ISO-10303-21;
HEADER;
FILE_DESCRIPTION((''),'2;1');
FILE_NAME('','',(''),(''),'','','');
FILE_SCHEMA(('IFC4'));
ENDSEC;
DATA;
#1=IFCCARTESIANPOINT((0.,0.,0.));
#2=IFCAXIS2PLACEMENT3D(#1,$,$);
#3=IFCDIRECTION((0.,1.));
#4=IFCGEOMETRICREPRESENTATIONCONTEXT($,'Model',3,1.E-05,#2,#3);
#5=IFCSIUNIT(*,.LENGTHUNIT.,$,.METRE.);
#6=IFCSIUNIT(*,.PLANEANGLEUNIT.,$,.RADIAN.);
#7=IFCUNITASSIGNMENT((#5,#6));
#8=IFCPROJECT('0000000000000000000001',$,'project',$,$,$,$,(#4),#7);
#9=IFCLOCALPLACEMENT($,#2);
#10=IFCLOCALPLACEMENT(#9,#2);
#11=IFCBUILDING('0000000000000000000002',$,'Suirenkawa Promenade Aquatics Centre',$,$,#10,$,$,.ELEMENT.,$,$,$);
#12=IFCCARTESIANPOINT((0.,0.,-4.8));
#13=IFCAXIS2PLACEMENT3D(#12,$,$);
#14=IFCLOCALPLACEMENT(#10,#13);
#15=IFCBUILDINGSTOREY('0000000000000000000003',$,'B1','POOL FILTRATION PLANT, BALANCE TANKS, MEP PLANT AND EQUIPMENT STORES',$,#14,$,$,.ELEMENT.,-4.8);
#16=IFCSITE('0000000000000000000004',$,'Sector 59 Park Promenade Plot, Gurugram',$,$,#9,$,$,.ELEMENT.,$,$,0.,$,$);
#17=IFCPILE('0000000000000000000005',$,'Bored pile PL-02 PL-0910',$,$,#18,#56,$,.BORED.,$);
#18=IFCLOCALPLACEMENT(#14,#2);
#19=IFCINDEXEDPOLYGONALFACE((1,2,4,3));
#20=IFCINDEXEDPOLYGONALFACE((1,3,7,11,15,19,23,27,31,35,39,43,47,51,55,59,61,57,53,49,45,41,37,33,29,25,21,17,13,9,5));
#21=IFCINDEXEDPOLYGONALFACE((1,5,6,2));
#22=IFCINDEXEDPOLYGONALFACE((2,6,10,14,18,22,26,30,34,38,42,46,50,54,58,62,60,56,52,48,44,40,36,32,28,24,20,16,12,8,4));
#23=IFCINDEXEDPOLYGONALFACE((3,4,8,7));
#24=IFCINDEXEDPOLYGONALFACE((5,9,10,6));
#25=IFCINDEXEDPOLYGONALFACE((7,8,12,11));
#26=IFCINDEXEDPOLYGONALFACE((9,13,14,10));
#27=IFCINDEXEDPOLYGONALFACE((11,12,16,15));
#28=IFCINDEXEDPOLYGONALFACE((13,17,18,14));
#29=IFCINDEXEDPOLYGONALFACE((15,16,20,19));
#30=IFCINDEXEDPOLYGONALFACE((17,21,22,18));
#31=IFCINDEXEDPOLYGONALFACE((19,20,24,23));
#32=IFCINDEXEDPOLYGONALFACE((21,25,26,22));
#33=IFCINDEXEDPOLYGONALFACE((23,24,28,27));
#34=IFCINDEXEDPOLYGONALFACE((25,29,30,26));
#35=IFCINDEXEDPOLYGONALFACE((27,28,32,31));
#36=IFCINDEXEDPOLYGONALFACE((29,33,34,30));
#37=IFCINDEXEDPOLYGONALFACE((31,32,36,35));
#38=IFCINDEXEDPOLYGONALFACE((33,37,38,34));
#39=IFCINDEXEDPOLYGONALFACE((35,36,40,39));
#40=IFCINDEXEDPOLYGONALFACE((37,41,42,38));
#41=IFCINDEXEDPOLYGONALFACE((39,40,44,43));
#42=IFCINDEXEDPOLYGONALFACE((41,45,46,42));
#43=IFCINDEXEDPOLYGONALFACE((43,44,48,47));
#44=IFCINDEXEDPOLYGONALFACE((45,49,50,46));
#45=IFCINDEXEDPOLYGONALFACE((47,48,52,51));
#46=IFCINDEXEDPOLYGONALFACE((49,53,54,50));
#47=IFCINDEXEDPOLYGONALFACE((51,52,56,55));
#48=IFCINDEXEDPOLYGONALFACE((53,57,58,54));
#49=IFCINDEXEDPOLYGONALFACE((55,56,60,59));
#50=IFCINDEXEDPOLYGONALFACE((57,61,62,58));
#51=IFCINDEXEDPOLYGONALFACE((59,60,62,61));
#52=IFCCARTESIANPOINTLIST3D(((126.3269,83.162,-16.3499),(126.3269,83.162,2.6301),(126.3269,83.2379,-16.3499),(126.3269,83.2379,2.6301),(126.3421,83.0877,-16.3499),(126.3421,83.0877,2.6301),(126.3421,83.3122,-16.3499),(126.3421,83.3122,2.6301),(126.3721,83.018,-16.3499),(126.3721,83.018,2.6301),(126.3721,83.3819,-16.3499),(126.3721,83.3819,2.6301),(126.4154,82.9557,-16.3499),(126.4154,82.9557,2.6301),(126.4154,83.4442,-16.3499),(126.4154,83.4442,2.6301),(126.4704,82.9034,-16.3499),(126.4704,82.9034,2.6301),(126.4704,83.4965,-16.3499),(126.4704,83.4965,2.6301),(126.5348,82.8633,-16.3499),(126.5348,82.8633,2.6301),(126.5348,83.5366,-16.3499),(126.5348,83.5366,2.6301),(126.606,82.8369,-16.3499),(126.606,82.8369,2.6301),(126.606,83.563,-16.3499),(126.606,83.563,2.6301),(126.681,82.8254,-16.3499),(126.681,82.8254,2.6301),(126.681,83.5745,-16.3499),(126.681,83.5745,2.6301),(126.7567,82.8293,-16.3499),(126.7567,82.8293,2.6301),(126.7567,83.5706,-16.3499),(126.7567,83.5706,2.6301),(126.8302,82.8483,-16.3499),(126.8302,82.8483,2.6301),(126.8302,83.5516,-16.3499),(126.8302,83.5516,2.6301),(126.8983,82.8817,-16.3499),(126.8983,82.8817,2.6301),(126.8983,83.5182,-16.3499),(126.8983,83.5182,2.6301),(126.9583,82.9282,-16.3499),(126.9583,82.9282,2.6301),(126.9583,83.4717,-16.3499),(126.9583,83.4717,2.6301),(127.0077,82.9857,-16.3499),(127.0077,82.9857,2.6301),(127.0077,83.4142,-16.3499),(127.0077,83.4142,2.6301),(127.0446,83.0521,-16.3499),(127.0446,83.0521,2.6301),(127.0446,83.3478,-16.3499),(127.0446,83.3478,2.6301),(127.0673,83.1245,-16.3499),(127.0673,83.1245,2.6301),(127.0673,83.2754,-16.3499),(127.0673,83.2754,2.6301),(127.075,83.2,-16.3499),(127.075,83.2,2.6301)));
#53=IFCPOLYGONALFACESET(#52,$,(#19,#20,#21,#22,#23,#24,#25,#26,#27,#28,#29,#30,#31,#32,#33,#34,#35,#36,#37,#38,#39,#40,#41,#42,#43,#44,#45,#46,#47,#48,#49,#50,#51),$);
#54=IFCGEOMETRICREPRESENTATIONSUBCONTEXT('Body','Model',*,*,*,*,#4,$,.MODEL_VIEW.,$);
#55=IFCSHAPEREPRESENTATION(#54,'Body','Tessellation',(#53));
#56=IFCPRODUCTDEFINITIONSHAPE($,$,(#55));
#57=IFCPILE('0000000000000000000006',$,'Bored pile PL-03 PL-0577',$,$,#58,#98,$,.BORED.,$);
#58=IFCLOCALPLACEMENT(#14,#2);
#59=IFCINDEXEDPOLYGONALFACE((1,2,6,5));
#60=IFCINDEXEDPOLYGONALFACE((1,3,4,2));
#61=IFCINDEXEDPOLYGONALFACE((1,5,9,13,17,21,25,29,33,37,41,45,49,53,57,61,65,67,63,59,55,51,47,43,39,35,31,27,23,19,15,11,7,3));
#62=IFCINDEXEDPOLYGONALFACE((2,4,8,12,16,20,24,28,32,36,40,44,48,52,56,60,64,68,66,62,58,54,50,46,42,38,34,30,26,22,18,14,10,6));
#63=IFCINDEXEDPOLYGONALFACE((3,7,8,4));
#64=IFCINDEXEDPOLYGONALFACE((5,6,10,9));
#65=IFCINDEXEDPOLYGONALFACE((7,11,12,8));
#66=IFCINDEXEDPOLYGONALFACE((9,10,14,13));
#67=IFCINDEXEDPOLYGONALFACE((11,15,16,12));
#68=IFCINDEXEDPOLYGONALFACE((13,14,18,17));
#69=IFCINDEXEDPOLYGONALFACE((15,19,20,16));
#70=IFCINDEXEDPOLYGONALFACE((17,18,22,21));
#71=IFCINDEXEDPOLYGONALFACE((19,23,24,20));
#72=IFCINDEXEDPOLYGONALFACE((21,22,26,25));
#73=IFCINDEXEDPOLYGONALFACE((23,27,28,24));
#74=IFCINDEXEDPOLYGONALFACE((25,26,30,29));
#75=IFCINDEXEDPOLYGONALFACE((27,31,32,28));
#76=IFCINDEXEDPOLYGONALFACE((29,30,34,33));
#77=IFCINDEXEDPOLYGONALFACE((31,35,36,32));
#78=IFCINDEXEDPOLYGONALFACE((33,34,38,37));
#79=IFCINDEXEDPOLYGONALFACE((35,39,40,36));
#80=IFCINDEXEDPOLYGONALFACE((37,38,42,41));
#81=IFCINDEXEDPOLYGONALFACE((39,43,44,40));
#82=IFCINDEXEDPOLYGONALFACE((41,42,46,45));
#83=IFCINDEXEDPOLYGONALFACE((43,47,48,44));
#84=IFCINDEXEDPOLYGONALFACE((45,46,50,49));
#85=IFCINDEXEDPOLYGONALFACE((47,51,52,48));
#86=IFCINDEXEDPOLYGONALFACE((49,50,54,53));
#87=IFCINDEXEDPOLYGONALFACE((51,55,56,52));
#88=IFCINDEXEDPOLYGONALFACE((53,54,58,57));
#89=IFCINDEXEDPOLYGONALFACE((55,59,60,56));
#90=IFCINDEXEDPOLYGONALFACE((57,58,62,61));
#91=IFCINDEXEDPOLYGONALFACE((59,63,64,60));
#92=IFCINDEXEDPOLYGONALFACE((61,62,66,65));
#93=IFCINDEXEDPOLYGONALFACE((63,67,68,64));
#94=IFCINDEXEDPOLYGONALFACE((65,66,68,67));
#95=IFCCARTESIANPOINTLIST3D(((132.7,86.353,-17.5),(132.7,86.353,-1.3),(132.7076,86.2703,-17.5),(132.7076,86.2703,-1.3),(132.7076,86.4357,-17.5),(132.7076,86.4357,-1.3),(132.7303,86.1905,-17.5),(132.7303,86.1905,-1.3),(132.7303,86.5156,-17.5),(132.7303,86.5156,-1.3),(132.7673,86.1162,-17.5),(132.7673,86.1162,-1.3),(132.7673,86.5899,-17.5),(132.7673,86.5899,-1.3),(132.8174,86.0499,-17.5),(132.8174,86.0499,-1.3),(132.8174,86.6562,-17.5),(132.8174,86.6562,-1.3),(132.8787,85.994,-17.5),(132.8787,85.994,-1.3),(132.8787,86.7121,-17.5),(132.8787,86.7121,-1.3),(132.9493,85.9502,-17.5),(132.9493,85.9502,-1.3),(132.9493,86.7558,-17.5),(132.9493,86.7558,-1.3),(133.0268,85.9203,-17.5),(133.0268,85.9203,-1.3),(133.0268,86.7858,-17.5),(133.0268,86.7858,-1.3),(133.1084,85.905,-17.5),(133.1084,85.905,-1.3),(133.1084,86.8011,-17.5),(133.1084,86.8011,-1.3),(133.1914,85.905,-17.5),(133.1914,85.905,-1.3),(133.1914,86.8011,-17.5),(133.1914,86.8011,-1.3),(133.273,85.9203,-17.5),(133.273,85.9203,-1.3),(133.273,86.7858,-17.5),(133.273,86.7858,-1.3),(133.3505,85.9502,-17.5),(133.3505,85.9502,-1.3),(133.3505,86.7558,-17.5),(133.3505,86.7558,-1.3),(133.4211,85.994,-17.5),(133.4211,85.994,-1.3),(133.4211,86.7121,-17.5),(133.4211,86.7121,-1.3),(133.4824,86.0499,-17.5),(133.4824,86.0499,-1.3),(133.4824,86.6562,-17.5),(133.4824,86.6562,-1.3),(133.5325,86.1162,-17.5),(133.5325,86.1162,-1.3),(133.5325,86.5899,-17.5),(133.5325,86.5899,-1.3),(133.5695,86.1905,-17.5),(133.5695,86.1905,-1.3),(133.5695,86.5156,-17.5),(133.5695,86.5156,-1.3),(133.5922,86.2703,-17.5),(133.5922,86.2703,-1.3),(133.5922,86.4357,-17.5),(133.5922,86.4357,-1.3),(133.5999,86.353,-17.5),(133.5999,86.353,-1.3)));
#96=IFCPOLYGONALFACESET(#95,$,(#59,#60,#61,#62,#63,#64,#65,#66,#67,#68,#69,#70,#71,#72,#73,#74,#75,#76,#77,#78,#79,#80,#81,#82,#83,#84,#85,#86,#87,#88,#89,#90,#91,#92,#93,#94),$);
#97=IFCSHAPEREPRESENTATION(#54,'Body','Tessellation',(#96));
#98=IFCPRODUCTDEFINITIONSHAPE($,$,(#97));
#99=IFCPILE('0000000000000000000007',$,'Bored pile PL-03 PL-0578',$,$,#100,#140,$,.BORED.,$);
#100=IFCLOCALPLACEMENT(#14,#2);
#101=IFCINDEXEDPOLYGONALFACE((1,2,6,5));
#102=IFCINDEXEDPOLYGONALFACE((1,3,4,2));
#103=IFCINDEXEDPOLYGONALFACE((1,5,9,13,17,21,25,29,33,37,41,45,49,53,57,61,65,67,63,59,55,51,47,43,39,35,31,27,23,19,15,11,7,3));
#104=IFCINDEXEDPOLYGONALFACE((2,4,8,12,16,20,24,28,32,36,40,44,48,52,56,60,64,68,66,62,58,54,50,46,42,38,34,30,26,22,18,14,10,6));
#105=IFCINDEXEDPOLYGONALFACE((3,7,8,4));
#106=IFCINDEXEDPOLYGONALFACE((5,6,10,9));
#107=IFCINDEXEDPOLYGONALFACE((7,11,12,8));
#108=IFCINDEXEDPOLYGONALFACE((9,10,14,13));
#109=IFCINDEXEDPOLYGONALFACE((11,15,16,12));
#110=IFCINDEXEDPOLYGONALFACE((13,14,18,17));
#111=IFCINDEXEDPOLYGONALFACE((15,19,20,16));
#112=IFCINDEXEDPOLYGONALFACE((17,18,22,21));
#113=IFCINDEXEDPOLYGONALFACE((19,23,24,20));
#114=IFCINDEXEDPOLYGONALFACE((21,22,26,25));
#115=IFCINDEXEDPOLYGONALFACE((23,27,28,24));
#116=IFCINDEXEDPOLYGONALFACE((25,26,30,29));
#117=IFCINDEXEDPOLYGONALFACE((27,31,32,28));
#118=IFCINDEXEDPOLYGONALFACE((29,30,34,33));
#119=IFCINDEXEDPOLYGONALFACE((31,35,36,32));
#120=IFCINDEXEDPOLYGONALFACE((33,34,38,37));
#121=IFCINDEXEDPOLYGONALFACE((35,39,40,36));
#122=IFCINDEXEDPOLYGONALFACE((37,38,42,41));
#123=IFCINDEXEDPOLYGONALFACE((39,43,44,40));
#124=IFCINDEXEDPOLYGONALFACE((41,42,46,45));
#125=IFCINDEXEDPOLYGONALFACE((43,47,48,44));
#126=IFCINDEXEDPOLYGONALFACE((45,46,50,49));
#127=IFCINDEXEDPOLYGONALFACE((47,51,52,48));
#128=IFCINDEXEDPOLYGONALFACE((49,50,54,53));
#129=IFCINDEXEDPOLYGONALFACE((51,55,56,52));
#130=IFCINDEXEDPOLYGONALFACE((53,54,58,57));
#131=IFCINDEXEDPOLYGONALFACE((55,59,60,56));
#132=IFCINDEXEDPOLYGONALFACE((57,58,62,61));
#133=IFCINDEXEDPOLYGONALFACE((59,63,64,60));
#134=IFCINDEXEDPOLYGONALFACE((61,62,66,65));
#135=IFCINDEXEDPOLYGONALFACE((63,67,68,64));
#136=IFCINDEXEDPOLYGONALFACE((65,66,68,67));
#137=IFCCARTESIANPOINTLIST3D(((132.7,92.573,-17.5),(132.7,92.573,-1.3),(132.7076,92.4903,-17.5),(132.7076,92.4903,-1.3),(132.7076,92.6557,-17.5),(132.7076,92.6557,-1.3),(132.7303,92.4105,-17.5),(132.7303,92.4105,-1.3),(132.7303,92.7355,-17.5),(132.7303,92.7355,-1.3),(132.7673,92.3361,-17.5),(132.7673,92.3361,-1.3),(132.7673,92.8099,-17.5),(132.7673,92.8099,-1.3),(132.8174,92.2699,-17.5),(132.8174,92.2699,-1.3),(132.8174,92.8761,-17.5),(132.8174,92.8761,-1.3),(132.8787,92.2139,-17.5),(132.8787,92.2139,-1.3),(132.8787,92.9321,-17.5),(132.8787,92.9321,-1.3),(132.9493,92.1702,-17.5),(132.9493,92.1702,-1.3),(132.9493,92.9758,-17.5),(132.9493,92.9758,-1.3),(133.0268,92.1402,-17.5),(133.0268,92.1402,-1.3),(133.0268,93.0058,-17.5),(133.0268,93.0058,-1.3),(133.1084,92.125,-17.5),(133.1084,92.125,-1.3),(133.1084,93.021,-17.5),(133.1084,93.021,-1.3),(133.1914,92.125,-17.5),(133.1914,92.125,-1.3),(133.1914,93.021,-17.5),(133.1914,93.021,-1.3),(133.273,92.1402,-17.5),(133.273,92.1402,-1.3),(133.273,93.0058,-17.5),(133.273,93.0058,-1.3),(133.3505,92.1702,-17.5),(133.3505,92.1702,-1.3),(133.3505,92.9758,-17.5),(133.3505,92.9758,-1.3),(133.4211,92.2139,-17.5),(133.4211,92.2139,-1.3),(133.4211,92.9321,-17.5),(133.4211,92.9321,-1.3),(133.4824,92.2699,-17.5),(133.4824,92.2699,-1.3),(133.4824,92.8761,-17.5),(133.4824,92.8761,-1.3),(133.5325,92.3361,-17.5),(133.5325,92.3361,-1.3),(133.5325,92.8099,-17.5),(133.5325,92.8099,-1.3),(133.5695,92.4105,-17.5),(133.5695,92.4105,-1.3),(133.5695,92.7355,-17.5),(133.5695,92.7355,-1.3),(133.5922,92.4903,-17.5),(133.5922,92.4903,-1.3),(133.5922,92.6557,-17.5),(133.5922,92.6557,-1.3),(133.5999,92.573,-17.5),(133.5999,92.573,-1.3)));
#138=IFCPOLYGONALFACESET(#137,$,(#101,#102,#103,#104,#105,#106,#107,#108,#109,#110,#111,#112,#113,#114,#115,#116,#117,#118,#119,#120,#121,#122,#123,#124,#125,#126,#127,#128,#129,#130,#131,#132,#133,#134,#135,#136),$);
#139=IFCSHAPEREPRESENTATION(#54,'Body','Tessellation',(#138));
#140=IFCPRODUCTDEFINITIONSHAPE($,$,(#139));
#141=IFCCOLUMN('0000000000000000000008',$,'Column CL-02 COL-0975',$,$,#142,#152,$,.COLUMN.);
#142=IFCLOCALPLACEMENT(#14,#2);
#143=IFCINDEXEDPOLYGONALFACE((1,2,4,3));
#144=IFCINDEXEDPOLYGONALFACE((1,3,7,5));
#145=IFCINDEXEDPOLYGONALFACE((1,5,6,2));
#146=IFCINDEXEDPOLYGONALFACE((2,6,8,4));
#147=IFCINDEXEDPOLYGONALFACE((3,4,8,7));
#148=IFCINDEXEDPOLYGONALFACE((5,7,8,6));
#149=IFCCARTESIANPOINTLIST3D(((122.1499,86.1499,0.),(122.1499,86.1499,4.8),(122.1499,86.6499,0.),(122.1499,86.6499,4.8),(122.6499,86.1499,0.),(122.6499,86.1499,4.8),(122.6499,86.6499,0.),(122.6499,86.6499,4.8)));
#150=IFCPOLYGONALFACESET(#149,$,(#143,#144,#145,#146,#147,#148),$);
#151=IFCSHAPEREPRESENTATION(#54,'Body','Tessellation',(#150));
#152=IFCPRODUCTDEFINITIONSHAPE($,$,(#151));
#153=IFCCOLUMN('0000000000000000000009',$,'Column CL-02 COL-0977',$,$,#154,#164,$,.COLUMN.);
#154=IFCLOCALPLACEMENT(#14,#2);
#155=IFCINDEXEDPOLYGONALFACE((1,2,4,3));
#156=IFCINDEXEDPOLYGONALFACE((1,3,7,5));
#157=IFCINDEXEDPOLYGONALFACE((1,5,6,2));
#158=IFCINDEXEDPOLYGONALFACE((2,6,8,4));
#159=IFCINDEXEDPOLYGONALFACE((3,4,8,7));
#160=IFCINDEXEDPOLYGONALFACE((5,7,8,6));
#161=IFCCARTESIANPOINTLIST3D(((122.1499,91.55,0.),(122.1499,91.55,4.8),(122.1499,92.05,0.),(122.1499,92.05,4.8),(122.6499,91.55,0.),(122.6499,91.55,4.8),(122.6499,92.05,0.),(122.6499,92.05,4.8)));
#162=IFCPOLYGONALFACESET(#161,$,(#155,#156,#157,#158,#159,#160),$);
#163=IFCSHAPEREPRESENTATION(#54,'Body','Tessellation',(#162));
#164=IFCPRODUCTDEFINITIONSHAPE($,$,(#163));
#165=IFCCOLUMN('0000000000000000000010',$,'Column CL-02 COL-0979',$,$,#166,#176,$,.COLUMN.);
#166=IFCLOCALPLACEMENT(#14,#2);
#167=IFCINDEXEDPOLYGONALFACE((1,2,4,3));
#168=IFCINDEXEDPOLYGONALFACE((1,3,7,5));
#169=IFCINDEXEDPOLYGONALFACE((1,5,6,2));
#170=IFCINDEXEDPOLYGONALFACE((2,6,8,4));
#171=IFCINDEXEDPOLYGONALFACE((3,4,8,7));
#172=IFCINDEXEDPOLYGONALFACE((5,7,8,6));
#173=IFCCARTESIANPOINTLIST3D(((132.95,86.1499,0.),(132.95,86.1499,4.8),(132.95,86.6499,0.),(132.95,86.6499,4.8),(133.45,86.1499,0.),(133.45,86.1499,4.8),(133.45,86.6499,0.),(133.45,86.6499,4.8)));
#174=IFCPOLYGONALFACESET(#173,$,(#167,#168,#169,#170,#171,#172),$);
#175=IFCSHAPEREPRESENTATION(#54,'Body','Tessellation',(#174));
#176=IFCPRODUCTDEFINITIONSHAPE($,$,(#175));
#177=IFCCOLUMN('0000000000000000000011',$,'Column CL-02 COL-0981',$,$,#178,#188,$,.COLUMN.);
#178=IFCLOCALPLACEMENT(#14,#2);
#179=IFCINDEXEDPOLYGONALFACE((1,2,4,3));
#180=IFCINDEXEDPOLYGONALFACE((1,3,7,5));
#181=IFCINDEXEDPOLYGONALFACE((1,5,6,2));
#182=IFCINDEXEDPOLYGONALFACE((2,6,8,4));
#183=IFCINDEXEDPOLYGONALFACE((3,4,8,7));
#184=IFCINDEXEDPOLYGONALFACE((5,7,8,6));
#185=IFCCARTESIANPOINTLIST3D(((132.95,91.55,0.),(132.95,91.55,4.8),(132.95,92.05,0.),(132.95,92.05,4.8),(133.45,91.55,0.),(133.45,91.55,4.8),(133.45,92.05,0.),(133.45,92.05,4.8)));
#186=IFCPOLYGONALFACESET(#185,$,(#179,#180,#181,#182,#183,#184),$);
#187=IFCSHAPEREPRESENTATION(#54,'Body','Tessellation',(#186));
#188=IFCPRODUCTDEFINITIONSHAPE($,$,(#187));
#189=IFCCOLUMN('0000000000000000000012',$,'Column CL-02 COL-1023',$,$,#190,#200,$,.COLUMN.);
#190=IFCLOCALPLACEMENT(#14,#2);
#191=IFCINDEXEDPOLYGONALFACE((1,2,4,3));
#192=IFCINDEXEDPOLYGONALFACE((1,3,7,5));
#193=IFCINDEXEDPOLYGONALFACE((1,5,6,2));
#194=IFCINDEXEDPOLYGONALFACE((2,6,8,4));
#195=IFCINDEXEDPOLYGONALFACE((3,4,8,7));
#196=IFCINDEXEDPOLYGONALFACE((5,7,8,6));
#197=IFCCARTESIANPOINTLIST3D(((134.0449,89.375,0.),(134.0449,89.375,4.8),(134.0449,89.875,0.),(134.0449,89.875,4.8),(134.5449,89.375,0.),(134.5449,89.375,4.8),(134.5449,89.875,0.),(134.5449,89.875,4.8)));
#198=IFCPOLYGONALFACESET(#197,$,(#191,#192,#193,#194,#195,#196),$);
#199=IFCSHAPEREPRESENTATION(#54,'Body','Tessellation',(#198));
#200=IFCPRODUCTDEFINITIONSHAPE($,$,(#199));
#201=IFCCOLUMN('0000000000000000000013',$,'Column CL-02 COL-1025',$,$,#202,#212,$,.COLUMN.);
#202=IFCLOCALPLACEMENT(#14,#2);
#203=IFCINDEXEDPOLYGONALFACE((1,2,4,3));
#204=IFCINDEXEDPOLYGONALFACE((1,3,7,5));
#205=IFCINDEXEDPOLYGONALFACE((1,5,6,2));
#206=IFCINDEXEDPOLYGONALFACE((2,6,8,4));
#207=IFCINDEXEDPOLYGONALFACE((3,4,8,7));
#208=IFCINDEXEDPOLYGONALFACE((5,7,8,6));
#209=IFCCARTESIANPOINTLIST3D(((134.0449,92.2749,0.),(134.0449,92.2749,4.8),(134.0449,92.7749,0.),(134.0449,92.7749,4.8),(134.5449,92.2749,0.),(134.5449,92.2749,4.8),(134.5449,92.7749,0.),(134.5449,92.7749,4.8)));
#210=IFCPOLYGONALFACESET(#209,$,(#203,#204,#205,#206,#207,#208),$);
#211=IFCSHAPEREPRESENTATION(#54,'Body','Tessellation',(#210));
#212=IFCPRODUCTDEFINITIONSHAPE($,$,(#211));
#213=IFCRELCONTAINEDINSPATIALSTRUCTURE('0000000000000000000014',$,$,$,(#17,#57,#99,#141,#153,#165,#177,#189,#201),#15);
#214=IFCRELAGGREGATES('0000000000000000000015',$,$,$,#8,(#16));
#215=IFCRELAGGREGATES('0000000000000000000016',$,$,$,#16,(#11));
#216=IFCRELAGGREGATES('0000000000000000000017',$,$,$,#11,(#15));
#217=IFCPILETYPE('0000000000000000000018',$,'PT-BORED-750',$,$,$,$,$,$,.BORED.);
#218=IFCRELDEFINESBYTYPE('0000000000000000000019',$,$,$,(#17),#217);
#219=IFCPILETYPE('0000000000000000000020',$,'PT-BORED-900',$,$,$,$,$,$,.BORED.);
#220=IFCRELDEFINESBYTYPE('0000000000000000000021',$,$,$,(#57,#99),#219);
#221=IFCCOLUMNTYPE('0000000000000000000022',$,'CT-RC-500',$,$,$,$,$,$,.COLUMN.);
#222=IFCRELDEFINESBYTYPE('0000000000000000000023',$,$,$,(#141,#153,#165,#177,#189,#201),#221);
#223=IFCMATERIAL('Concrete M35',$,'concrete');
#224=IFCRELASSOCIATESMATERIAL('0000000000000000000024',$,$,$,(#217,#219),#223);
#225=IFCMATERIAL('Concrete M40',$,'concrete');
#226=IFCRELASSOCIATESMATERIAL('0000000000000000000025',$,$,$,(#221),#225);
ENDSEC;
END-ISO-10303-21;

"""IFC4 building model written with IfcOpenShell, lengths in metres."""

from ifc_helpers import new_model, si_unit, direction, frame, origin, origin_2d, place, context, subcontext, project, spatial, rectangle, circle, extrude, material, material_profile, profile_set, type_object, element, save


model = new_model("IFC4")

# Units and contexts
model_context = context("Model", 3, precision=1e-05, world=origin(), true_north=direction((0.0, 1.0)))
body_context = subcontext(model_context, "Body", "Model", "MODEL_VIEW")
ifc_project = project(units=[si_unit("LENGTHUNIT", "METRE"), si_unit("PLANEANGLEUNIT", "RADIAN")], contexts=[model_context])

# Site, building, storey
site_placement = place(None, origin())
site = spatial("IfcSite", under=ifc_project, at=site_placement, Name="Sector 59 Park Promenade Plot, Gurugram", CompositionType="ELEMENT", RefElevation=0.0)
building_placement = place(site_placement, origin())
building = spatial("IfcBuilding", under=site, at=building_placement, Name="Suirenkawa Promenade Aquatics Centre", CompositionType="ELEMENT")
storey_placement = place(building_placement, frame((0.0, 0.0, -4.8)))
storey = spatial("IfcBuildingStorey", under=building, at=storey_placement, Name="B1", Description="POOL FILTRATION PLANT, BALANCE TANKS, MEP PLANT AND EQUIPMENT STORES", CompositionType="ELEMENT", Elevation=-4.8)

# Shared definitions
ifc_material_1 = material(Name="Concrete M35", Category="concrete")

# Piles
ifc_material_profile_1 = material_profile(ifc_material_1, circle(Radius=0.375, at=origin_2d()), Name="PILE D750", Category="concrete")
ifc_profile_set_1 = profile_set([ifc_material_profile_1], Name="Concrete M35")
pile_type_1 = type_object("IfcPileType", Name="PT-BORED-750", PredefinedType="BORED", material=ifc_profile_set_1)
for number, where, z_axis, x_axis, name in (
    (1, (126.7, 83.2, 2.6301), (0.0, 0.0, -1.0), (1.0, 0.0, 0.0), "Bored pile PL-02 PL-0910"),
):
    element("IfcPile", number, at=place(storey_placement, frame(where, z_axis=z_axis, x_axis=x_axis)), inside=storey, type_object=pile_type_1, Name=name, PredefinedType="BORED", context=body_context, shape_type="SweptSolid", body=[
        extrude(circle(Radius=0.375, at=origin_2d()), origin(), (0.0, 0.0, 1.0), 18.98),
    ])
ifc_material_profile_2 = material_profile(ifc_material_1, circle(Radius=0.45, at=origin_2d()), Name="PILE D900", Category="concrete")
ifc_profile_set_2 = profile_set([ifc_material_profile_2], Name="Concrete M35")
pile_type_2 = type_object("IfcPileType", Name="PT-BORED-900", PredefinedType="BORED", material=ifc_profile_set_2)
for number, where, z_axis, x_axis, name in (
    (2, (133.1499, 86.353, -1.3), (0.0, 0.0, -1.0), (1.0, 0.0, 0.0), "Bored pile PL-03 PL-0577"),
    (3, (133.1499, 92.573, -1.3), (0.0, 0.0, -1.0), (1.0, 0.0, 0.0), "Bored pile PL-03 PL-0578"),
):
    element("IfcPile", number, at=place(storey_placement, frame(where, z_axis=z_axis, x_axis=x_axis)), inside=storey, type_object=pile_type_2, Name=name, PredefinedType="BORED", context=body_context, shape_type="SweptSolid", body=[
        extrude(circle(Radius=0.45, at=origin_2d()), origin(), (0.0, 0.0, 1.0), 16.2),
    ])

# Columns
ifc_material_2 = material(Name="Concrete M40", Category="concrete")
ifc_material_profile_3 = material_profile(ifc_material_2, rectangle(XDim=0.5, YDim=0.5, at=origin_2d()), Name="RC COL 500x500", Category="concrete")
ifc_profile_set_3 = profile_set([ifc_material_profile_3], Name="Concrete M40")
column_type = type_object("IfcColumnType", Name="CT-RC-500", PredefinedType="COLUMN", material=ifc_profile_set_3)
for number, where, z_axis, x_axis, name in (
    (4, (122.3999, 86.3999, 0.0), (0.0, 0.0, 1.0), (1.0, 0.0, 0.0), "Column CL-02 COL-0975"),
    (5, (122.3999, 91.8, 0.0), (0.0, 0.0, 1.0), (1.0, 0.0, 0.0), "Column CL-02 COL-0977"),
    (6, (133.2, 86.3999, 0.0), (0.0, 0.0, 1.0), (1.0, 0.0, 0.0), "Column CL-02 COL-0979"),
    (7, (133.2, 91.8, 0.0), (0.0, 0.0, 1.0), (1.0, 0.0, 0.0), "Column CL-02 COL-0981"),
    (8, (134.2949, 89.625, 0.0), (0.0, 0.0, 1.0), (1.0, 0.0, 0.0), "Column CL-02 COL-1023"),
    (9, (134.2949, 92.5249, 0.0), (0.0, 0.0, 1.0), (1.0, 0.0, 0.0), "Column CL-02 COL-1025"),
):
    element("IfcColumn", number, at=place(storey_placement, frame(where, z_axis=z_axis, x_axis=x_axis)), inside=storey, type_object=column_type, Name=name, PredefinedType="COLUMN", context=body_context, shape_type="SweptSolid", body=[
        extrude(rectangle(XDim=0.5, YDim=0.5, at=origin_2d()), origin(), (0.0, 0.0, 1.0), 4.8),
    ])

save(model, "model.ifc")
